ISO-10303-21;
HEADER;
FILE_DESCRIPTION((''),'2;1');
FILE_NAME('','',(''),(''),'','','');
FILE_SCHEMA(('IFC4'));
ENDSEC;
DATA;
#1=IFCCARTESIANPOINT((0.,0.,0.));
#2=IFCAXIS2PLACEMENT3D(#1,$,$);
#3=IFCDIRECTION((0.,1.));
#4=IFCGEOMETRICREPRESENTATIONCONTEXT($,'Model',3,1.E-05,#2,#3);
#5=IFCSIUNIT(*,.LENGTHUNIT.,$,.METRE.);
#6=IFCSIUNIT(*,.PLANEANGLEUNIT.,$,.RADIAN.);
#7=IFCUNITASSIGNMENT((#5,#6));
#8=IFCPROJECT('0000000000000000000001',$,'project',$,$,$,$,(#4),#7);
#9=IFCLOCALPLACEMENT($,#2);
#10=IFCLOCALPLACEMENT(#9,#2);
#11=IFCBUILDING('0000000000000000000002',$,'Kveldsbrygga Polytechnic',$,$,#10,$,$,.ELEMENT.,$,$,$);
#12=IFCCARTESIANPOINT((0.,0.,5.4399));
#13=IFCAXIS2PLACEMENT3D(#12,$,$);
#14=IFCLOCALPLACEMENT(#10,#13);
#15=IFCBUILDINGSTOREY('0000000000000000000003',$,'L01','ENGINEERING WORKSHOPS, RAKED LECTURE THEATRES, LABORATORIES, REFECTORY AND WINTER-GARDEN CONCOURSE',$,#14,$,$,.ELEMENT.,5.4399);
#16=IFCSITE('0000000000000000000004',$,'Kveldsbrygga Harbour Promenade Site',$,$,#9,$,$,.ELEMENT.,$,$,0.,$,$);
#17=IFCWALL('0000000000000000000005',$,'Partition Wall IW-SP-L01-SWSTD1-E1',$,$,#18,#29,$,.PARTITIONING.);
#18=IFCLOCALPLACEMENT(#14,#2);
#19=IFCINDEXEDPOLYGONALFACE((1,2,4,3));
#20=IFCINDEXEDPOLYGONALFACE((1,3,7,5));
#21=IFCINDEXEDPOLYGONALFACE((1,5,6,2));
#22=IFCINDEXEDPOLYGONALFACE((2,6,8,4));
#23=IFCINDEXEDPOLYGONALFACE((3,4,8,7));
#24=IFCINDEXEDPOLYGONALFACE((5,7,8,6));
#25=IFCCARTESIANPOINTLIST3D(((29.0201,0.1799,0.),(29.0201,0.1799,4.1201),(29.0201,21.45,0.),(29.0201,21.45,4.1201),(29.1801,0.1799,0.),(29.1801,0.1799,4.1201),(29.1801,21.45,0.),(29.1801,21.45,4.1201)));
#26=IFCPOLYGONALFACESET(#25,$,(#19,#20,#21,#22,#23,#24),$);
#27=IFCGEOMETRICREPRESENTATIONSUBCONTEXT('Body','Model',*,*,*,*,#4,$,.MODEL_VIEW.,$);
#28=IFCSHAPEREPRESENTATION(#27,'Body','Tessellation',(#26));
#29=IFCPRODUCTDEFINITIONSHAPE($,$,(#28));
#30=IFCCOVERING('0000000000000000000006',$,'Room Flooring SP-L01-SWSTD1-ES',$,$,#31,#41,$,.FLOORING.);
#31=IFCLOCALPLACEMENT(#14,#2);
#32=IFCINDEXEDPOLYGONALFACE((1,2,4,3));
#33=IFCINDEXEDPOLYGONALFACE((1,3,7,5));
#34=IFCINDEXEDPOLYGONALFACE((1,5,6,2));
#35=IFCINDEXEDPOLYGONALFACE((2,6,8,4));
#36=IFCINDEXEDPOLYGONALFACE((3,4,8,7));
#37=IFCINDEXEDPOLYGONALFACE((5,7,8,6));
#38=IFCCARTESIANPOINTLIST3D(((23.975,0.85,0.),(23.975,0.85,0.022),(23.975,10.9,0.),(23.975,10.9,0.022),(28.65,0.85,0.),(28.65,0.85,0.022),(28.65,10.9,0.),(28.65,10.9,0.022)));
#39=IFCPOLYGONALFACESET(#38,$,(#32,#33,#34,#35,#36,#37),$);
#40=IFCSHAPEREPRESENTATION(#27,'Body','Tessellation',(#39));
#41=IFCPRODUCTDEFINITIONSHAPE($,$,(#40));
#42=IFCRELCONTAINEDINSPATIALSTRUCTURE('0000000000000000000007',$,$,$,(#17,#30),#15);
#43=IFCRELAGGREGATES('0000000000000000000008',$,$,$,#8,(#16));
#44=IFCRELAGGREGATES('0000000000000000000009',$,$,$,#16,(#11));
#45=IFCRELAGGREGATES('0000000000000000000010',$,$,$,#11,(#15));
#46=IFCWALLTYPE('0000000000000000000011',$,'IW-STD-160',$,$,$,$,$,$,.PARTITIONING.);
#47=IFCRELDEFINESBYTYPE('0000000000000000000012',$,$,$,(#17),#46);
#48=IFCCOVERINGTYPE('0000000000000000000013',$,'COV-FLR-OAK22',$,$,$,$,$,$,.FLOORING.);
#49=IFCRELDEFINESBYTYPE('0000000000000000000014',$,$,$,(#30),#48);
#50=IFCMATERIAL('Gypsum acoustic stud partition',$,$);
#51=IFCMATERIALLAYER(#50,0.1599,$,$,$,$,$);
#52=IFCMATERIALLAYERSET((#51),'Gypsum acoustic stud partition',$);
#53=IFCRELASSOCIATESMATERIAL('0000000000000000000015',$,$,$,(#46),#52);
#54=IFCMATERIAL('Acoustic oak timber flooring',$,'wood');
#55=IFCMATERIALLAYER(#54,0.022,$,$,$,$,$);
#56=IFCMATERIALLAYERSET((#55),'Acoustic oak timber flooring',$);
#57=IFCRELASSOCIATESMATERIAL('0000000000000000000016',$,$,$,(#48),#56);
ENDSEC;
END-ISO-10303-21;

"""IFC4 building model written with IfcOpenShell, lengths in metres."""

from ifc_helpers import new_model, si_unit, direction, frame, frame_2d, origin, origin_2d, place, context, subcontext, project, spatial, rectangle, extrude, material, layer, layer_set, type_object, element, save


model = new_model("IFC4")

# Units and contexts
model_context = context("Model", 3, precision=1e-05, world=origin(), true_north=direction((0.0, 1.0)))
body_context = subcontext(model_context, "Body", "Model", "MODEL_VIEW")
ifc_project = project(units=[si_unit("LENGTHUNIT", "METRE"), si_unit("PLANEANGLEUNIT", "RADIAN")], contexts=[model_context])

# Site, building, storey
site_placement = place(None, origin())
site = spatial("IfcSite", under=ifc_project, at=site_placement, Name="Kveldsbrygga Harbour Promenade Site", CompositionType="ELEMENT", RefElevation=0.0)
building_placement = place(site_placement, origin())
building = spatial("IfcBuilding", under=site, at=building_placement, Name="Kveldsbrygga Polytechnic", CompositionType="ELEMENT")
storey_placement = place(building_placement, frame((0.0, 0.0, 5.4399)))
storey = spatial("IfcBuildingStorey", under=building, at=storey_placement, Name="L01", Description="ENGINEERING WORKSHOPS, RAKED LECTURE THEATRES, LABORATORIES, REFECTORY AND WINTER-GARDEN CONCOURSE", CompositionType="ELEMENT", Elevation=5.4399)

# Wall
ifc_material_1 = material(Name="Gypsum acoustic stud partition")
ifc_layer_1 = layer(ifc_material_1, 0.1599)
ifc_layer_set_1 = layer_set([ifc_layer_1], Name="Gypsum acoustic stud partition")
wall_type_1 = type_object("IfcWallType", Name="IW-STD-160", PredefinedType="PARTITIONING", material=ifc_layer_set_1)
wall_1_placement = place(storey_placement, frame((29.1001, 0.1799, 0.0), z_axis=(0.0, 0.0, 1.0), x_axis=(0.0, 1.0, 0.0)))
element("IfcWall", 1, at=wall_1_placement, inside=storey, type_object=wall_type_1, Name="Partition Wall IW-SP-L01-SWSTD1-E1", PredefinedType="PARTITIONING", context=body_context, shape_type="SweptSolid", body=[
    extrude(rectangle(XDim=21.27, YDim=0.1599, at=frame_2d((10.635, 0.0))), origin(), (0.0, 0.0, 1.0), 4.1201),
])

# Covering
ifc_material_2 = material(Name="Acoustic oak timber flooring", Category="wood")
ifc_layer_2 = layer(ifc_material_2, 0.022)
ifc_layer_set_2 = layer_set([ifc_layer_2], Name="Acoustic oak timber flooring")
covering_type = type_object("IfcCoveringType", Name="COV-FLR-OAK22", PredefinedType="FLOORING", material=ifc_layer_set_2)
covering_placement = place(storey_placement, frame((26.3125, 5.875, 0.0), z_axis=(0.0, 0.0, 1.0), x_axis=(1.0, 0.0, 0.0)))
element("IfcCovering", 2, at=covering_placement, inside=storey, type_object=covering_type, Name="Room Flooring SP-L01-SWSTD1-ES", PredefinedType="FLOORING", context=body_context, shape_type="SweptSolid", body=[
    extrude(rectangle(XDim=4.675, YDim=10.05, at=origin_2d()), origin(), (0.0, 0.0, 1.0), 0.022),
])

save(model, "model.ifc")
